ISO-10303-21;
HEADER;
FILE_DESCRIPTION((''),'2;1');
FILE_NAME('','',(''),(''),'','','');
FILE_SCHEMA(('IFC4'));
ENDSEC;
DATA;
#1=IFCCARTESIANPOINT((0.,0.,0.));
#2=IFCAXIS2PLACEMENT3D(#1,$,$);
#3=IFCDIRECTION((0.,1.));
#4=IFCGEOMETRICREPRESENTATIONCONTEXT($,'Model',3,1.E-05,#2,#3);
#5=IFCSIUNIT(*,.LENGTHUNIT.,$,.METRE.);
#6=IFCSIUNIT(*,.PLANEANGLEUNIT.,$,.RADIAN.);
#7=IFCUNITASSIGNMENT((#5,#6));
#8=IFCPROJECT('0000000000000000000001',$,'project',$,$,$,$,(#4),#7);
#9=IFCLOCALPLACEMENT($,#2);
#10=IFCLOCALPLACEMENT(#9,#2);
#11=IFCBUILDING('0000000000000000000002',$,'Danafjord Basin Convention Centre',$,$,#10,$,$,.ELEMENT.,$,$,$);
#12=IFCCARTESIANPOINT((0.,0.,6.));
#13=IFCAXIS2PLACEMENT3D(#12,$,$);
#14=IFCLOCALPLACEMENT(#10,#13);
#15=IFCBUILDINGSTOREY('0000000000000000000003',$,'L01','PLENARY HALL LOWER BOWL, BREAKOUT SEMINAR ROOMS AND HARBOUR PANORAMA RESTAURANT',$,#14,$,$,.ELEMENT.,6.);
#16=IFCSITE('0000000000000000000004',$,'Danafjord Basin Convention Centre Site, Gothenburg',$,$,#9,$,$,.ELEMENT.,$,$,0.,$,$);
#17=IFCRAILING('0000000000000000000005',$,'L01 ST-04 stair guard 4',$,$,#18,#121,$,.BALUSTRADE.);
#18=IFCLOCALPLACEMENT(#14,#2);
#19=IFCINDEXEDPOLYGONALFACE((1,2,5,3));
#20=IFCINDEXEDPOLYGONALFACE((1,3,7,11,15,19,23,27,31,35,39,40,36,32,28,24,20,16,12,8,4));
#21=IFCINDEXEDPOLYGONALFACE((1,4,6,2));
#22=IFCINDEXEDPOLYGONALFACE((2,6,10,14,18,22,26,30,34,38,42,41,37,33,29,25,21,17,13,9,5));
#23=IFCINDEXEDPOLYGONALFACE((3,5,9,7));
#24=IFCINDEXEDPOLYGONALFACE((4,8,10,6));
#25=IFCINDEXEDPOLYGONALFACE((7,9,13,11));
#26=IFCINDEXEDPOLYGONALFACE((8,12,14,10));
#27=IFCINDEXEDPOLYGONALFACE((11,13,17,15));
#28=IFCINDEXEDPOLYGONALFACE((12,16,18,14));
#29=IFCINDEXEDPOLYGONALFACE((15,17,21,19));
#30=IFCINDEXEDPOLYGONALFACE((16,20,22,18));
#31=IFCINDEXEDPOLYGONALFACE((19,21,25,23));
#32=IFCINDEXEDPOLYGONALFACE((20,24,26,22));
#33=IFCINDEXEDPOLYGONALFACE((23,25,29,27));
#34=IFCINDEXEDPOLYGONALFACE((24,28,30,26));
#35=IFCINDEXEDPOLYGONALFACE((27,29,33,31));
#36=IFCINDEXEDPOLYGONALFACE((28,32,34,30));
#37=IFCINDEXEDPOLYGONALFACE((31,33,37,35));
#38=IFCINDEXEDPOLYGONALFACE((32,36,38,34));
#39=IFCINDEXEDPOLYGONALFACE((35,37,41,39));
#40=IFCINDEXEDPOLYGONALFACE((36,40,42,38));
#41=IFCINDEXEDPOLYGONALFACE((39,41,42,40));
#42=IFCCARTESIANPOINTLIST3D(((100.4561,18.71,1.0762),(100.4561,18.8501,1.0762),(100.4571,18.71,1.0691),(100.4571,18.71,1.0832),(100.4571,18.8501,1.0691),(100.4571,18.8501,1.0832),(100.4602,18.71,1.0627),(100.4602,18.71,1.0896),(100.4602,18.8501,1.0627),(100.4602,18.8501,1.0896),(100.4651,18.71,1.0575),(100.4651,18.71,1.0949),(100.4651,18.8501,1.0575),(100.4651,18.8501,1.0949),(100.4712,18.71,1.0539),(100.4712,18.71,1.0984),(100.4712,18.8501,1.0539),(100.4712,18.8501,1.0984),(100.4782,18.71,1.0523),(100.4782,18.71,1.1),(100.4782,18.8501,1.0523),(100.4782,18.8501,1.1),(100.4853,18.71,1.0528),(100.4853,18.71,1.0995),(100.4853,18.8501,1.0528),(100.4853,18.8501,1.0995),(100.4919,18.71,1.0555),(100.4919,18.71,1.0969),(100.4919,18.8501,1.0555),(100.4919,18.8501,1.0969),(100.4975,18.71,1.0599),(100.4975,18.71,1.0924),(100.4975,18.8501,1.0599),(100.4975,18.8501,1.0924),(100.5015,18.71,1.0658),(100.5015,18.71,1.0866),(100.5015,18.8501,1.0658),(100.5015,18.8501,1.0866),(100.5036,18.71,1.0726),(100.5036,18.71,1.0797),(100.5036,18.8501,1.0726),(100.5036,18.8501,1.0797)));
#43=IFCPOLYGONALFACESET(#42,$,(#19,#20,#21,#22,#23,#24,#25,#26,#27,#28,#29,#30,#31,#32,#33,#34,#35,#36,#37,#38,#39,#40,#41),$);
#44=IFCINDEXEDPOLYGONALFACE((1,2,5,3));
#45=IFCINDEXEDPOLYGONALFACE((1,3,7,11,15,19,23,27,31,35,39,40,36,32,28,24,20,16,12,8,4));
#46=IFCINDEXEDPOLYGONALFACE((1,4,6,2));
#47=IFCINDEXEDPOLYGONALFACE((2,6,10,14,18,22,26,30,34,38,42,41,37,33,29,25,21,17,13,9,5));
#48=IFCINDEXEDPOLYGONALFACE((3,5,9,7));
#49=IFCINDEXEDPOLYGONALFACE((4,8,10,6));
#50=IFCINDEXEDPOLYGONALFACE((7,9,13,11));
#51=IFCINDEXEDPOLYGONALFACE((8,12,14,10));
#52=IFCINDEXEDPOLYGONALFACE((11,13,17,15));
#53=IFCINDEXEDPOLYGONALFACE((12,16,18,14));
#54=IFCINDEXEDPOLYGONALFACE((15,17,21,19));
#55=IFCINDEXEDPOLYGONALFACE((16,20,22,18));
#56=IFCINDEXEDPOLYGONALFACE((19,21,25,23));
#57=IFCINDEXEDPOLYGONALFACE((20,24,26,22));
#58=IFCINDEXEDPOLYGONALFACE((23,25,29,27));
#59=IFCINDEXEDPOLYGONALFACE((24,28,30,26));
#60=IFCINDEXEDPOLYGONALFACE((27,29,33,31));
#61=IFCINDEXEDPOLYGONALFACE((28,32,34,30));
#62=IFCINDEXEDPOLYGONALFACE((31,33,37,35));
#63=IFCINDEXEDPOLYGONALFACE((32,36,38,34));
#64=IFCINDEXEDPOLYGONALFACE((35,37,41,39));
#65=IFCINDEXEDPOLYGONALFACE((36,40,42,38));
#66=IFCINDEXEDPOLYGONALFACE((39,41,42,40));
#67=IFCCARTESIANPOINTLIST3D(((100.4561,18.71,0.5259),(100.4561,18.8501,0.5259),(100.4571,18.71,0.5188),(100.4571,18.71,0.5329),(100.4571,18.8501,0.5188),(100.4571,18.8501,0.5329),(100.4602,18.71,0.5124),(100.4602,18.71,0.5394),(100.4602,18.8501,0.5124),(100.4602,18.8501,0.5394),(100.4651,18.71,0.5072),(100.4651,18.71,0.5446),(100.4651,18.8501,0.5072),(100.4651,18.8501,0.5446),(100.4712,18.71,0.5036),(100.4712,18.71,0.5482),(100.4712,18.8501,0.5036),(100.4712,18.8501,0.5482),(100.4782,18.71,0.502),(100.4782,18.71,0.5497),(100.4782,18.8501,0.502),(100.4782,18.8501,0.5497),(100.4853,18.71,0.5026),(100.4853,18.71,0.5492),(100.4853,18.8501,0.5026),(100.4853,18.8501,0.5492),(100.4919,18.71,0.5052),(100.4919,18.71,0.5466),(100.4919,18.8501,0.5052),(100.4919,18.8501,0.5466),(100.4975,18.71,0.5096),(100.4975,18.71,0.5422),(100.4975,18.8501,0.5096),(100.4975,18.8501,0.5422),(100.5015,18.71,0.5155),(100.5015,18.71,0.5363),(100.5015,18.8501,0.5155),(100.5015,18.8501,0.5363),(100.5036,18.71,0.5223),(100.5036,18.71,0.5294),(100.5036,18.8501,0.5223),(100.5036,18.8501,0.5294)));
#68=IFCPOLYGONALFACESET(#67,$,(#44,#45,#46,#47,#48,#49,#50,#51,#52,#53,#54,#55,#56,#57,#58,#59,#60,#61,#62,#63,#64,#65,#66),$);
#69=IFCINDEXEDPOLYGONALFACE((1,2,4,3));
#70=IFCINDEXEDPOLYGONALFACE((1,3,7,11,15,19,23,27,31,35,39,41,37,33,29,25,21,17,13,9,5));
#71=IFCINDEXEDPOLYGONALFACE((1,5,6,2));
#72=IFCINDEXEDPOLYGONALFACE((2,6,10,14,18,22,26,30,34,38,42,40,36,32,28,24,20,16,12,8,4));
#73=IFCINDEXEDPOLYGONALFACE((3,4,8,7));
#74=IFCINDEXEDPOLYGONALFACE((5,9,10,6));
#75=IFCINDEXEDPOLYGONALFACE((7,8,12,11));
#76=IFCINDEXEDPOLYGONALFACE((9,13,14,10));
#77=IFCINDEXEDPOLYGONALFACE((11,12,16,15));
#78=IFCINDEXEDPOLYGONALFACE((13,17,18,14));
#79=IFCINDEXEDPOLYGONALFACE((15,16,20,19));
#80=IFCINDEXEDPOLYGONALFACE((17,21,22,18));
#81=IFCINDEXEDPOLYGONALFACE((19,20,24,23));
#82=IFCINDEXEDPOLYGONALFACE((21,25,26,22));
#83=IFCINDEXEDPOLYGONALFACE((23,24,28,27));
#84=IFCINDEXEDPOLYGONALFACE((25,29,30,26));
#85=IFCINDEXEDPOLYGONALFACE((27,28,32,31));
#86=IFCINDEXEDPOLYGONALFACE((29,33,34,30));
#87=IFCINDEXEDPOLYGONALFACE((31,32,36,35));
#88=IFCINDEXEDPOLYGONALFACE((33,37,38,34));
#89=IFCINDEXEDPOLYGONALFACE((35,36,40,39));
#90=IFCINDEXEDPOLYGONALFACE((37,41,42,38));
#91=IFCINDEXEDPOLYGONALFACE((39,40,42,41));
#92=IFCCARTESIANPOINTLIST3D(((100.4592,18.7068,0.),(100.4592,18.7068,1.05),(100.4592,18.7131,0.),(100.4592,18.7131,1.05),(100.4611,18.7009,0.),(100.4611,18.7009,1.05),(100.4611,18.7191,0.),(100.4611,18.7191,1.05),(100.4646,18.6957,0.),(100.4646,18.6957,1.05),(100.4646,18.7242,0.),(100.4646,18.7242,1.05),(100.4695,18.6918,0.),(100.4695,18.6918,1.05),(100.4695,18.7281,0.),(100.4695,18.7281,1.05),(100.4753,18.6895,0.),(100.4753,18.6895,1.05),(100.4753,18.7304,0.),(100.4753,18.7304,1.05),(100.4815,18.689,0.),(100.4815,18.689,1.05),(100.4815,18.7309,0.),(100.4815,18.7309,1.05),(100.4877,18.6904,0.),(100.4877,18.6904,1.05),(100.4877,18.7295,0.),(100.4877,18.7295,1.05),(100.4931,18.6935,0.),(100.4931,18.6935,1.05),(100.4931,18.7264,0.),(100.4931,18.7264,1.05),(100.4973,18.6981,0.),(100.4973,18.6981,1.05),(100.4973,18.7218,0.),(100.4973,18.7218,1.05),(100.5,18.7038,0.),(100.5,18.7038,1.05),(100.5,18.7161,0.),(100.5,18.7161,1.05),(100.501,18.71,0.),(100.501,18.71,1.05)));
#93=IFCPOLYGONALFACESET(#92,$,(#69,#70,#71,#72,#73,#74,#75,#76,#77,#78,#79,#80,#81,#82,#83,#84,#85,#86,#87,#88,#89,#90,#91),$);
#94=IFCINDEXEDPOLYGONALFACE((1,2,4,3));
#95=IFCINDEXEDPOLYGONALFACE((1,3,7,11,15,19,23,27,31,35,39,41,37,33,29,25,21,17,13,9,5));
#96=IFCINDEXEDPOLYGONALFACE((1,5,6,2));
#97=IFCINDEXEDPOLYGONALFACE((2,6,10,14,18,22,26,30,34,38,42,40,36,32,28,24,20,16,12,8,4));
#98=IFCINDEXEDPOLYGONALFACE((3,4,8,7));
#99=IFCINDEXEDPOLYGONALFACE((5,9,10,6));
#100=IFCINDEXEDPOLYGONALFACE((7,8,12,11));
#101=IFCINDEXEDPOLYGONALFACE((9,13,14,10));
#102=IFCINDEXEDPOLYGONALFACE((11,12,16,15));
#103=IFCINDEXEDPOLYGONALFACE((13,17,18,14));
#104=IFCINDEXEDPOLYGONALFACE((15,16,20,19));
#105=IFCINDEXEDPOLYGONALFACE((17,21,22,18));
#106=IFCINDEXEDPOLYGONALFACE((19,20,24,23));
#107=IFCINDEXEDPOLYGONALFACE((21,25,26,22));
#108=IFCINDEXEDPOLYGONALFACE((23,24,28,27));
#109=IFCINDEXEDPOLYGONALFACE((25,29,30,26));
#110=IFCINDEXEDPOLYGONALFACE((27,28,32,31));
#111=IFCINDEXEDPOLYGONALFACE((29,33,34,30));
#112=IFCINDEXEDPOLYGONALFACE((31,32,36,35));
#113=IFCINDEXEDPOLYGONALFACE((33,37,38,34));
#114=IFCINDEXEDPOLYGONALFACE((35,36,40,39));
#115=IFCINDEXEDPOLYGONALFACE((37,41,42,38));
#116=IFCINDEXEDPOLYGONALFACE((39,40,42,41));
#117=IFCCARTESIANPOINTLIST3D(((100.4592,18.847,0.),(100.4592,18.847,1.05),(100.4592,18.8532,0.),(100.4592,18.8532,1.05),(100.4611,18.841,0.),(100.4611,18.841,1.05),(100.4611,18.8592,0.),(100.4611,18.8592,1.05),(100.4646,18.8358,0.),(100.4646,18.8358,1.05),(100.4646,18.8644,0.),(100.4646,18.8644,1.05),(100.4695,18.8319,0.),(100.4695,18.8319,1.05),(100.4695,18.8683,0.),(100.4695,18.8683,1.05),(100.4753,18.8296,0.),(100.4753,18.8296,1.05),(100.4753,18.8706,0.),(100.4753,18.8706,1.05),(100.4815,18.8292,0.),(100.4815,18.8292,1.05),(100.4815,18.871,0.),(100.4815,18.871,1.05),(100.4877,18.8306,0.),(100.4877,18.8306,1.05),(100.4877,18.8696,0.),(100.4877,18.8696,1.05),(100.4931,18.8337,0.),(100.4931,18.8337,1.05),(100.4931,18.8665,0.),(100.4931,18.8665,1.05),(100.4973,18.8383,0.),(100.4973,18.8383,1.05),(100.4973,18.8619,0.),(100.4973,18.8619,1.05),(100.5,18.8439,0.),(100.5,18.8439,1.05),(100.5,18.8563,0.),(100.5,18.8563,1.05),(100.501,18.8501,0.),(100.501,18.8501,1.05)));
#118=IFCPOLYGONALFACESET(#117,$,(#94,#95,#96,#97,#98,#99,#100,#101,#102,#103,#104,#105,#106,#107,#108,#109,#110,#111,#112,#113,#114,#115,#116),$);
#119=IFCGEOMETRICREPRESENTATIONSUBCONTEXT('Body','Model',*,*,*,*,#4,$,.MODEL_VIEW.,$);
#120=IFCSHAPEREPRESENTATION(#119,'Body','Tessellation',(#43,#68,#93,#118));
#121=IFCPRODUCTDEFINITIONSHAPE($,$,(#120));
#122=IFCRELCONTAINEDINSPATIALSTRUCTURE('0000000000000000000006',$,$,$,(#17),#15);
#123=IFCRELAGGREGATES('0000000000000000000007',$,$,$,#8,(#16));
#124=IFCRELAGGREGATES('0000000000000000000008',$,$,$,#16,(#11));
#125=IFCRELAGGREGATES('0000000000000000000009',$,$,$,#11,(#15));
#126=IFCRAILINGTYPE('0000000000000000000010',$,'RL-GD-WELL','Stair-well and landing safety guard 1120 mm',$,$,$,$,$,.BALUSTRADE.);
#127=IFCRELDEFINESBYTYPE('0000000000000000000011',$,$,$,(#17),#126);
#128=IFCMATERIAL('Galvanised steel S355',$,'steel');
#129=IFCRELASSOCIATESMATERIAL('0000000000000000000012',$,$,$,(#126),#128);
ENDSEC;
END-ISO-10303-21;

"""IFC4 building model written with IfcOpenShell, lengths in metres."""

from ifc_helpers import new_model, si_unit, direction, frame, origin, origin_2d, place, context, subcontext, project, spatial, circle, extrude, material, type_object, element, save


model = new_model("IFC4")

# Units and contexts
model_context = context("Model", 3, precision=1e-05, world=origin(), true_north=direction((0.0, 1.0)))
body_context = subcontext(model_context, "Body", "Model", "MODEL_VIEW")
ifc_project = project(units=[si_unit("LENGTHUNIT", "METRE"), si_unit("PLANEANGLEUNIT", "RADIAN")], contexts=[model_context])

# Site, building, storey
site_placement = place(None, origin())
site = spatial("IfcSite", under=ifc_project, at=site_placement, Name="Danafjord Basin Convention Centre Site, Gothenburg", CompositionType="ELEMENT", RefElevation=0.0)
building_placement = place(site_placement, origin())
building = spatial("IfcBuilding", under=site, at=building_placement, Name="Danafjord Basin Convention Centre", CompositionType="ELEMENT")
storey_placement = place(building_placement, frame((0.0, 0.0, 6.0)))
storey = spatial("IfcBuildingStorey", under=building, at=storey_placement, Name="L01", Description="PLENARY HALL LOWER BOWL, BREAKOUT SEMINAR ROOMS AND HARBOUR PANORAMA RESTAURANT", CompositionType="ELEMENT", Elevation=6.0)

# Railing
ifc_material_1 = material(Name="Galvanised steel S355", Category="steel")
railing_type_1 = type_object("IfcRailingType", Name="RL-GD-WELL", Description="Stair-well and landing safety guard 1120 mm", PredefinedType="BALUSTRADE", material=ifc_material_1)
railing_1_placement = place(storey_placement, frame((100.48, 18.71, 0.0)))
element("IfcRailing", 1, at=railing_1_placement, inside=storey, type_object=railing_type_1, Name="L01 ST-04 stair guard 4", PredefinedType="BALUSTRADE", context=body_context, shape_type="SweptSolid", body=[
    extrude(circle(Radius=0.0239, at=origin_2d()), frame((0.0, 0.0, 1.0762), z_axis=(0.0, 1.0, 0.0), x_axis=(-1.0, 0.0, 0.0)), (0.0, 0.0, 1.0), 0.1401),
    extrude(circle(Radius=0.0239, at=origin_2d()), frame((0.0, 0.0, 0.5259), z_axis=(0.0, 1.0, 0.0), x_axis=(-1.0, 0.0, 0.0)), (0.0, 0.0, 1.0), 0.1401),
    extrude(circle(Radius=0.021, at=origin_2d()), origin(), (0.0, 0.0, 1.0), 1.05),
    extrude(circle(Radius=0.021, at=origin_2d()), frame((0.0, 0.1401, 0.0)), (0.0, 0.0, 1.0), 1.05),
])

save(model, "model.ifc")
